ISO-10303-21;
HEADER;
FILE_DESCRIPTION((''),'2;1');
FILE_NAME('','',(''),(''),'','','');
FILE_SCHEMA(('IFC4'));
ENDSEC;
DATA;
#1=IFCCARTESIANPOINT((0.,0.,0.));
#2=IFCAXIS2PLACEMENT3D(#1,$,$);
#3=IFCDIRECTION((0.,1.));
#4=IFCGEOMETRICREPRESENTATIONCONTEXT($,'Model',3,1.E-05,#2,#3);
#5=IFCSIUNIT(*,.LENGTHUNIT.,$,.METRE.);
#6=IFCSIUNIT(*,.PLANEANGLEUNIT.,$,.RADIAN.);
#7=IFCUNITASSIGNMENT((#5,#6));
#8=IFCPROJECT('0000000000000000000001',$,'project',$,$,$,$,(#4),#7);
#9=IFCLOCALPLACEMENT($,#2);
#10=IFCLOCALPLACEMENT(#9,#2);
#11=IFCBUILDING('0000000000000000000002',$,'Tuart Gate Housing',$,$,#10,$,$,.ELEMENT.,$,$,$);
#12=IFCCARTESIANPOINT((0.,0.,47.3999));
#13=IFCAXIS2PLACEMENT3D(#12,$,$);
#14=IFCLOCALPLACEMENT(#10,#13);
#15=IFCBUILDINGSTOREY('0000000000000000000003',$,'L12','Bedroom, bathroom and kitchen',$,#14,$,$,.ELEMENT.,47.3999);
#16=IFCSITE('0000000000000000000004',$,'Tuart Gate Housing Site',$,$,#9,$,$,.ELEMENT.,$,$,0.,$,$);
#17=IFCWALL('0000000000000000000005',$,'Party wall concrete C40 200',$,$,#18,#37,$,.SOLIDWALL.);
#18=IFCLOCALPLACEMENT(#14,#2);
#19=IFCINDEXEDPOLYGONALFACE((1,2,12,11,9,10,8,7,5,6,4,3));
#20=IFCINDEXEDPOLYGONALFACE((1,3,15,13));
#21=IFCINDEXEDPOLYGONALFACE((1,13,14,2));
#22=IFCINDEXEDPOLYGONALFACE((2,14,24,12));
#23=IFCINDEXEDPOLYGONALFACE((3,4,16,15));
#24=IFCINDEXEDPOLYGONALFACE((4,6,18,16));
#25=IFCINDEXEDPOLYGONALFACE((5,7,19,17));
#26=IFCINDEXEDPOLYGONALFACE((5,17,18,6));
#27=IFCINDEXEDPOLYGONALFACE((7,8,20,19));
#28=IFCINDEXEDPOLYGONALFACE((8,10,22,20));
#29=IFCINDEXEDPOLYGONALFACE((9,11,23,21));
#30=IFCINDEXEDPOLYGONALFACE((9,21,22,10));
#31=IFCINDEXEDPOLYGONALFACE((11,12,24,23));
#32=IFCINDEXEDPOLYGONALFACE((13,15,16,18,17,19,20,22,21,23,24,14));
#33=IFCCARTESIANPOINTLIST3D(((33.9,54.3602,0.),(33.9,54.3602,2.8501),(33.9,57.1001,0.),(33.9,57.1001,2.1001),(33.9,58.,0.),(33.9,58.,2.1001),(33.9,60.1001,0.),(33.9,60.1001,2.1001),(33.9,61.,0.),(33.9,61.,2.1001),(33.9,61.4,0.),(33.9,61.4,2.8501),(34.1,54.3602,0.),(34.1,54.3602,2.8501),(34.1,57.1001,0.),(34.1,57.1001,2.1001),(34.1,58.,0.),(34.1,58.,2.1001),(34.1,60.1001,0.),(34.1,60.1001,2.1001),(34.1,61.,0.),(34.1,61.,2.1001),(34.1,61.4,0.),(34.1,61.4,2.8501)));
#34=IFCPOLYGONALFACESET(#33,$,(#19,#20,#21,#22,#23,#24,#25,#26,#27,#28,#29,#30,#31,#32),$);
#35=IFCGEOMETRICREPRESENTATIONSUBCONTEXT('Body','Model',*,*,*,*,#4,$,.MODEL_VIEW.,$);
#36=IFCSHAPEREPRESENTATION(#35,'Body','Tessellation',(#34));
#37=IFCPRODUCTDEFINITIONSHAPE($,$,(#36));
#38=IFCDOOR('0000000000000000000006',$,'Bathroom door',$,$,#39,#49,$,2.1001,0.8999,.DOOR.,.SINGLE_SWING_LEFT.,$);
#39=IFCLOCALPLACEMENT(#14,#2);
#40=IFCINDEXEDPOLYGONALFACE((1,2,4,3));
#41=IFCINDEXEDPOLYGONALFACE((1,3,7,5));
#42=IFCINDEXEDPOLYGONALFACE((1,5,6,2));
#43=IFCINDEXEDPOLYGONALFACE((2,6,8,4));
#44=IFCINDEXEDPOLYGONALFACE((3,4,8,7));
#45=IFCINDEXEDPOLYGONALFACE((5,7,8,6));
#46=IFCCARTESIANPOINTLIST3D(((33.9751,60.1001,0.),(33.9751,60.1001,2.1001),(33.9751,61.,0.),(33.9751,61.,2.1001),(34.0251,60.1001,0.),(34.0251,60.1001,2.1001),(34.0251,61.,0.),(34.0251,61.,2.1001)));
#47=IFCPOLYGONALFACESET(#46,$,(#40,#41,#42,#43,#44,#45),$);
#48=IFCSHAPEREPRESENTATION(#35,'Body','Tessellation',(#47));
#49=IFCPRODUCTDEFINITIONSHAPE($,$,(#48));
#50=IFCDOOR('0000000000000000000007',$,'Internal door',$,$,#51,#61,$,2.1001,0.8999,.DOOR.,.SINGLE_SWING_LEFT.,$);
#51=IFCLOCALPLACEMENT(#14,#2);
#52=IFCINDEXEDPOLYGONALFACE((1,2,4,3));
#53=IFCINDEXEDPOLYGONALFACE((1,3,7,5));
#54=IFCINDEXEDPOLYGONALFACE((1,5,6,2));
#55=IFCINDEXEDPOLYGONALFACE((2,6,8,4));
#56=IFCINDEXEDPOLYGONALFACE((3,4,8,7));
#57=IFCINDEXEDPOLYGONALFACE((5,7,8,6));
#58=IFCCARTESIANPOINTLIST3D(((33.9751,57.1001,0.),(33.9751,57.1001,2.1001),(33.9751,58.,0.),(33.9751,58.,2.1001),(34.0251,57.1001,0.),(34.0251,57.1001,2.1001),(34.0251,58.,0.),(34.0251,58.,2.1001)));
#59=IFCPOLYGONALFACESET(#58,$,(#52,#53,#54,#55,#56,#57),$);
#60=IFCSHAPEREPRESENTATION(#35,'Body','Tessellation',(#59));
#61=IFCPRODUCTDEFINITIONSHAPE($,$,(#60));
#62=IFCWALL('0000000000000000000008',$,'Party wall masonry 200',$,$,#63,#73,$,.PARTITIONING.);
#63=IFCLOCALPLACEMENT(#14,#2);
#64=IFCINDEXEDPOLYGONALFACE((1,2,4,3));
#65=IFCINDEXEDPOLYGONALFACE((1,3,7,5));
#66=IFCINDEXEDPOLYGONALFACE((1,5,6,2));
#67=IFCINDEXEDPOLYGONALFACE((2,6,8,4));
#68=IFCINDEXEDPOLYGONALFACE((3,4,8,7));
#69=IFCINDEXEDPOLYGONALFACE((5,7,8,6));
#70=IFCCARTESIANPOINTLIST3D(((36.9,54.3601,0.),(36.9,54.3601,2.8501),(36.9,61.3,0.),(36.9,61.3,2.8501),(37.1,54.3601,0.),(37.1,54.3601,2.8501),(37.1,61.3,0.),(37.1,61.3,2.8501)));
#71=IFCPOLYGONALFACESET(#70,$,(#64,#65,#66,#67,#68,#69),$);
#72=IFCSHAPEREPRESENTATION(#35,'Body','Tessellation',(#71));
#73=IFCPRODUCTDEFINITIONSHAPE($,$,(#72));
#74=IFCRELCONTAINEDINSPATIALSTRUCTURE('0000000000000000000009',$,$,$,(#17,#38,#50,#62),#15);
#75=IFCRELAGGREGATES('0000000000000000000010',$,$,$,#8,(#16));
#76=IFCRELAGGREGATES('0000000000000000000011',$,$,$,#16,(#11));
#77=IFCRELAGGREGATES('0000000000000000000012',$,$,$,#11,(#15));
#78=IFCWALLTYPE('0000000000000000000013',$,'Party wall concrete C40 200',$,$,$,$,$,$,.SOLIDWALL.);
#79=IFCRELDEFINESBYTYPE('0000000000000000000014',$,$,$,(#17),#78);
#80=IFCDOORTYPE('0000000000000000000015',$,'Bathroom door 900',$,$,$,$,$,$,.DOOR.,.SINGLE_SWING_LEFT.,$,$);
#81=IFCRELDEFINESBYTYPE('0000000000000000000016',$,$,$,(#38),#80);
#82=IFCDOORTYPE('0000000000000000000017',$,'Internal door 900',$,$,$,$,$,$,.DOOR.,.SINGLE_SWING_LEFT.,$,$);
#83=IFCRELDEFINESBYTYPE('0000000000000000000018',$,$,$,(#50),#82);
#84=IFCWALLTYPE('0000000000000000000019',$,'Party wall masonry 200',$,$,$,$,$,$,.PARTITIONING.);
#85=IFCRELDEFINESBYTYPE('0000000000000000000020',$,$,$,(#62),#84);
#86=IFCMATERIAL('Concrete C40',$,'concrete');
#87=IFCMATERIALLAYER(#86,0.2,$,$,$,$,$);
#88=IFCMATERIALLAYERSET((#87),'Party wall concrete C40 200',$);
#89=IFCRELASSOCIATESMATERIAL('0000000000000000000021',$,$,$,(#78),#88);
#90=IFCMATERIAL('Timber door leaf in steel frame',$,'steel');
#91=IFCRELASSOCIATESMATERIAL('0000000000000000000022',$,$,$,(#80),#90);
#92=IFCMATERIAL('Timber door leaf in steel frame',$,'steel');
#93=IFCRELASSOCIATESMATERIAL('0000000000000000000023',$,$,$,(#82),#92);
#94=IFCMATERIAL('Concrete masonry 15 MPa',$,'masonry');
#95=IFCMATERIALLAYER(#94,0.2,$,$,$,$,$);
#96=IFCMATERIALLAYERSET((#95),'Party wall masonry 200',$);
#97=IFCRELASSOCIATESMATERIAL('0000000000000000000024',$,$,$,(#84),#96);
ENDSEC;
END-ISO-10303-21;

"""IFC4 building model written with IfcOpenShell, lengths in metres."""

from ifc_helpers import new_model, si_unit, direction, frame, frame_2d, origin, place, context, subcontext, project, spatial, rectangle, extrude, material, layer, layer_set, type_object, element, fill, save


model = new_model("IFC4")

# Units and contexts
model_context = context("Model", 3, precision=1e-05, world=origin(), true_north=direction((0.0, 1.0)))
body_context = subcontext(model_context, "Body", "Model", "MODEL_VIEW")
ifc_project = project(units=[si_unit("LENGTHUNIT", "METRE"), si_unit("PLANEANGLEUNIT", "RADIAN")], contexts=[model_context])

# Site, building, storey
site_placement = place(None, origin())
site = spatial("IfcSite", under=ifc_project, at=site_placement, Name="Tuart Gate Housing Site", CompositionType="ELEMENT", RefElevation=0.0)
building_placement = place(site_placement, origin())
building = spatial("IfcBuilding", under=site, at=building_placement, Name="Tuart Gate Housing", CompositionType="ELEMENT")
storey_placement = place(building_placement, frame((0.0, 0.0, 47.3999)))
storey = spatial("IfcBuildingStorey", under=building, at=storey_placement, Name="L12", Description="Bedroom, bathroom and kitchen", CompositionType="ELEMENT", Elevation=47.3999)

# Wall, openings, doors
ifc_material_1 = material(Name="Concrete C40", Category="concrete")
ifc_layer_1 = layer(ifc_material_1, 0.2)
ifc_layer_set_1 = layer_set([ifc_layer_1], Name="Party wall concrete C40 200")
wall_type_1 = type_object("IfcWallType", Name="Party wall concrete C40 200", PredefinedType="SOLIDWALL", material=ifc_layer_set_1)
wall_1_placement = place(storey_placement, frame((34.0, 54.3601, 0.0), z_axis=(0.0, 0.0, 1.0), x_axis=(0.0, 1.0, 0.0)))
wall_1 = element("IfcWall", 1, at=wall_1_placement, inside=storey, type_object=wall_type_1, Name="Party wall concrete C40 200", PredefinedType="SOLIDWALL", context=body_context, shape_type="SweptSolid", body=[
    extrude(rectangle(XDim=7.0398, YDim=0.2, at=frame_2d((3.52, 0.0))), origin(), (0.0, 0.0, 1.0), 2.8501),
])
opening_1_placement = place(wall_1_placement, frame((2.74, 0.0, 0.0)))
opening_1 = element("IfcOpeningElement", 2, at=opening_1_placement, cuts=wall_1, PredefinedType="OPENING", context=body_context, shape_type="SweptSolid", body=[
    extrude(rectangle(XDim=0.8999, YDim=2.1001, at=frame_2d((0.45, 1.05))), frame((0.0, 0.1099, 0.0), z_axis=(0.0, -1.0, 0.0), x_axis=(1.0, 0.0, 0.0)), (0.0, 0.0, 1.0), 0.22),
])
opening_2_placement = place(wall_1_placement, frame((5.74, 0.0, 0.0)))
opening_2 = element("IfcOpeningElement", 3, at=opening_2_placement, cuts=wall_1, PredefinedType="OPENING", context=body_context, shape_type="SweptSolid", body=[
    extrude(rectangle(XDim=0.8999, YDim=2.1001, at=frame_2d((0.45, 1.05))), frame((0.0, 0.1099, 0.0), z_axis=(0.0, -1.0, 0.0), x_axis=(1.0, 0.0, 0.0)), (0.0, 0.0, 1.0), 0.22),
])
ifc_material_2 = material(Name="Timber door leaf in steel frame", Category="steel")
door_type_1 = type_object("IfcDoorType", Name="Bathroom door 900", OperationType="SINGLE_SWING_LEFT", PredefinedType="DOOR", material=ifc_material_2)
door_1_placement = place(opening_2_placement, frame((0.8999, 0.0, 0.0), z_axis=(0.0, 0.0, 1.0), x_axis=(-1.0, 0.0, 0.0)))
door_1 = element("IfcDoor", 4, at=door_1_placement, inside=storey, type_object=door_type_1, Name="Bathroom door", OperationType="SINGLE_SWING_LEFT", OverallHeight=2.1001, OverallWidth=0.8999, PredefinedType="DOOR", context=body_context, shape_type="SweptSolid", body=[
    extrude(rectangle(XDim=0.8999, YDim=2.1001, at=frame_2d((0.45, 1.05))), frame((0.0, 0.0251, 0.0), z_axis=(0.0, -1.0, 0.0), x_axis=(1.0, 0.0, 0.0)), (0.0, 0.0, 1.0), 0.05),
])
fill(opening_2, door_1)
ifc_material_3 = material(Name="Timber door leaf in steel frame", Category="steel")
door_type_2 = type_object("IfcDoorType", Name="Internal door 900", OperationType="SINGLE_SWING_LEFT", PredefinedType="DOOR", material=ifc_material_3)
door_2_placement = place(opening_1_placement, frame((0.8999, 0.0, 0.0), z_axis=(0.0, 0.0, 1.0), x_axis=(-1.0, 0.0, 0.0)))
door_2 = element("IfcDoor", 5, at=door_2_placement, inside=storey, type_object=door_type_2, Name="Internal door", OperationType="SINGLE_SWING_LEFT", OverallHeight=2.1001, OverallWidth=0.8999, PredefinedType="DOOR", context=body_context, shape_type="SweptSolid", body=[
    extrude(rectangle(XDim=0.8999, YDim=2.1001, at=frame_2d((0.45, 1.05))), frame((0.0, 0.0251, 0.0), z_axis=(0.0, -1.0, 0.0), x_axis=(1.0, 0.0, 0.0)), (0.0, 0.0, 1.0), 0.05),
])
fill(opening_1, door_2)

# Wall
ifc_material_4 = material(Name="Concrete masonry 15 MPa", Category="masonry")
ifc_layer_2 = layer(ifc_material_4, 0.2)
ifc_layer_set_2 = layer_set([ifc_layer_2], Name="Party wall masonry 200")
wall_type_2 = type_object("IfcWallType", Name="Party wall masonry 200", PredefinedType="PARTITIONING", material=ifc_layer_set_2)
wall_2_placement = place(storey_placement, frame((37.0, 54.3601, 0.0), z_axis=(0.0, 0.0, 1.0), x_axis=(0.0, 1.0, 0.0)))
element("IfcWall", 6, at=wall_2_placement, inside=storey, type_object=wall_type_2, Name="Party wall masonry 200", PredefinedType="PARTITIONING", context=body_context, shape_type="SweptSolid", body=[
    extrude(rectangle(XDim=6.9399, YDim=0.2, at=frame_2d((3.47, 0.0))), origin(), (0.0, 0.0, 1.0), 2.8501),
])

save(model, "model.ifc")
